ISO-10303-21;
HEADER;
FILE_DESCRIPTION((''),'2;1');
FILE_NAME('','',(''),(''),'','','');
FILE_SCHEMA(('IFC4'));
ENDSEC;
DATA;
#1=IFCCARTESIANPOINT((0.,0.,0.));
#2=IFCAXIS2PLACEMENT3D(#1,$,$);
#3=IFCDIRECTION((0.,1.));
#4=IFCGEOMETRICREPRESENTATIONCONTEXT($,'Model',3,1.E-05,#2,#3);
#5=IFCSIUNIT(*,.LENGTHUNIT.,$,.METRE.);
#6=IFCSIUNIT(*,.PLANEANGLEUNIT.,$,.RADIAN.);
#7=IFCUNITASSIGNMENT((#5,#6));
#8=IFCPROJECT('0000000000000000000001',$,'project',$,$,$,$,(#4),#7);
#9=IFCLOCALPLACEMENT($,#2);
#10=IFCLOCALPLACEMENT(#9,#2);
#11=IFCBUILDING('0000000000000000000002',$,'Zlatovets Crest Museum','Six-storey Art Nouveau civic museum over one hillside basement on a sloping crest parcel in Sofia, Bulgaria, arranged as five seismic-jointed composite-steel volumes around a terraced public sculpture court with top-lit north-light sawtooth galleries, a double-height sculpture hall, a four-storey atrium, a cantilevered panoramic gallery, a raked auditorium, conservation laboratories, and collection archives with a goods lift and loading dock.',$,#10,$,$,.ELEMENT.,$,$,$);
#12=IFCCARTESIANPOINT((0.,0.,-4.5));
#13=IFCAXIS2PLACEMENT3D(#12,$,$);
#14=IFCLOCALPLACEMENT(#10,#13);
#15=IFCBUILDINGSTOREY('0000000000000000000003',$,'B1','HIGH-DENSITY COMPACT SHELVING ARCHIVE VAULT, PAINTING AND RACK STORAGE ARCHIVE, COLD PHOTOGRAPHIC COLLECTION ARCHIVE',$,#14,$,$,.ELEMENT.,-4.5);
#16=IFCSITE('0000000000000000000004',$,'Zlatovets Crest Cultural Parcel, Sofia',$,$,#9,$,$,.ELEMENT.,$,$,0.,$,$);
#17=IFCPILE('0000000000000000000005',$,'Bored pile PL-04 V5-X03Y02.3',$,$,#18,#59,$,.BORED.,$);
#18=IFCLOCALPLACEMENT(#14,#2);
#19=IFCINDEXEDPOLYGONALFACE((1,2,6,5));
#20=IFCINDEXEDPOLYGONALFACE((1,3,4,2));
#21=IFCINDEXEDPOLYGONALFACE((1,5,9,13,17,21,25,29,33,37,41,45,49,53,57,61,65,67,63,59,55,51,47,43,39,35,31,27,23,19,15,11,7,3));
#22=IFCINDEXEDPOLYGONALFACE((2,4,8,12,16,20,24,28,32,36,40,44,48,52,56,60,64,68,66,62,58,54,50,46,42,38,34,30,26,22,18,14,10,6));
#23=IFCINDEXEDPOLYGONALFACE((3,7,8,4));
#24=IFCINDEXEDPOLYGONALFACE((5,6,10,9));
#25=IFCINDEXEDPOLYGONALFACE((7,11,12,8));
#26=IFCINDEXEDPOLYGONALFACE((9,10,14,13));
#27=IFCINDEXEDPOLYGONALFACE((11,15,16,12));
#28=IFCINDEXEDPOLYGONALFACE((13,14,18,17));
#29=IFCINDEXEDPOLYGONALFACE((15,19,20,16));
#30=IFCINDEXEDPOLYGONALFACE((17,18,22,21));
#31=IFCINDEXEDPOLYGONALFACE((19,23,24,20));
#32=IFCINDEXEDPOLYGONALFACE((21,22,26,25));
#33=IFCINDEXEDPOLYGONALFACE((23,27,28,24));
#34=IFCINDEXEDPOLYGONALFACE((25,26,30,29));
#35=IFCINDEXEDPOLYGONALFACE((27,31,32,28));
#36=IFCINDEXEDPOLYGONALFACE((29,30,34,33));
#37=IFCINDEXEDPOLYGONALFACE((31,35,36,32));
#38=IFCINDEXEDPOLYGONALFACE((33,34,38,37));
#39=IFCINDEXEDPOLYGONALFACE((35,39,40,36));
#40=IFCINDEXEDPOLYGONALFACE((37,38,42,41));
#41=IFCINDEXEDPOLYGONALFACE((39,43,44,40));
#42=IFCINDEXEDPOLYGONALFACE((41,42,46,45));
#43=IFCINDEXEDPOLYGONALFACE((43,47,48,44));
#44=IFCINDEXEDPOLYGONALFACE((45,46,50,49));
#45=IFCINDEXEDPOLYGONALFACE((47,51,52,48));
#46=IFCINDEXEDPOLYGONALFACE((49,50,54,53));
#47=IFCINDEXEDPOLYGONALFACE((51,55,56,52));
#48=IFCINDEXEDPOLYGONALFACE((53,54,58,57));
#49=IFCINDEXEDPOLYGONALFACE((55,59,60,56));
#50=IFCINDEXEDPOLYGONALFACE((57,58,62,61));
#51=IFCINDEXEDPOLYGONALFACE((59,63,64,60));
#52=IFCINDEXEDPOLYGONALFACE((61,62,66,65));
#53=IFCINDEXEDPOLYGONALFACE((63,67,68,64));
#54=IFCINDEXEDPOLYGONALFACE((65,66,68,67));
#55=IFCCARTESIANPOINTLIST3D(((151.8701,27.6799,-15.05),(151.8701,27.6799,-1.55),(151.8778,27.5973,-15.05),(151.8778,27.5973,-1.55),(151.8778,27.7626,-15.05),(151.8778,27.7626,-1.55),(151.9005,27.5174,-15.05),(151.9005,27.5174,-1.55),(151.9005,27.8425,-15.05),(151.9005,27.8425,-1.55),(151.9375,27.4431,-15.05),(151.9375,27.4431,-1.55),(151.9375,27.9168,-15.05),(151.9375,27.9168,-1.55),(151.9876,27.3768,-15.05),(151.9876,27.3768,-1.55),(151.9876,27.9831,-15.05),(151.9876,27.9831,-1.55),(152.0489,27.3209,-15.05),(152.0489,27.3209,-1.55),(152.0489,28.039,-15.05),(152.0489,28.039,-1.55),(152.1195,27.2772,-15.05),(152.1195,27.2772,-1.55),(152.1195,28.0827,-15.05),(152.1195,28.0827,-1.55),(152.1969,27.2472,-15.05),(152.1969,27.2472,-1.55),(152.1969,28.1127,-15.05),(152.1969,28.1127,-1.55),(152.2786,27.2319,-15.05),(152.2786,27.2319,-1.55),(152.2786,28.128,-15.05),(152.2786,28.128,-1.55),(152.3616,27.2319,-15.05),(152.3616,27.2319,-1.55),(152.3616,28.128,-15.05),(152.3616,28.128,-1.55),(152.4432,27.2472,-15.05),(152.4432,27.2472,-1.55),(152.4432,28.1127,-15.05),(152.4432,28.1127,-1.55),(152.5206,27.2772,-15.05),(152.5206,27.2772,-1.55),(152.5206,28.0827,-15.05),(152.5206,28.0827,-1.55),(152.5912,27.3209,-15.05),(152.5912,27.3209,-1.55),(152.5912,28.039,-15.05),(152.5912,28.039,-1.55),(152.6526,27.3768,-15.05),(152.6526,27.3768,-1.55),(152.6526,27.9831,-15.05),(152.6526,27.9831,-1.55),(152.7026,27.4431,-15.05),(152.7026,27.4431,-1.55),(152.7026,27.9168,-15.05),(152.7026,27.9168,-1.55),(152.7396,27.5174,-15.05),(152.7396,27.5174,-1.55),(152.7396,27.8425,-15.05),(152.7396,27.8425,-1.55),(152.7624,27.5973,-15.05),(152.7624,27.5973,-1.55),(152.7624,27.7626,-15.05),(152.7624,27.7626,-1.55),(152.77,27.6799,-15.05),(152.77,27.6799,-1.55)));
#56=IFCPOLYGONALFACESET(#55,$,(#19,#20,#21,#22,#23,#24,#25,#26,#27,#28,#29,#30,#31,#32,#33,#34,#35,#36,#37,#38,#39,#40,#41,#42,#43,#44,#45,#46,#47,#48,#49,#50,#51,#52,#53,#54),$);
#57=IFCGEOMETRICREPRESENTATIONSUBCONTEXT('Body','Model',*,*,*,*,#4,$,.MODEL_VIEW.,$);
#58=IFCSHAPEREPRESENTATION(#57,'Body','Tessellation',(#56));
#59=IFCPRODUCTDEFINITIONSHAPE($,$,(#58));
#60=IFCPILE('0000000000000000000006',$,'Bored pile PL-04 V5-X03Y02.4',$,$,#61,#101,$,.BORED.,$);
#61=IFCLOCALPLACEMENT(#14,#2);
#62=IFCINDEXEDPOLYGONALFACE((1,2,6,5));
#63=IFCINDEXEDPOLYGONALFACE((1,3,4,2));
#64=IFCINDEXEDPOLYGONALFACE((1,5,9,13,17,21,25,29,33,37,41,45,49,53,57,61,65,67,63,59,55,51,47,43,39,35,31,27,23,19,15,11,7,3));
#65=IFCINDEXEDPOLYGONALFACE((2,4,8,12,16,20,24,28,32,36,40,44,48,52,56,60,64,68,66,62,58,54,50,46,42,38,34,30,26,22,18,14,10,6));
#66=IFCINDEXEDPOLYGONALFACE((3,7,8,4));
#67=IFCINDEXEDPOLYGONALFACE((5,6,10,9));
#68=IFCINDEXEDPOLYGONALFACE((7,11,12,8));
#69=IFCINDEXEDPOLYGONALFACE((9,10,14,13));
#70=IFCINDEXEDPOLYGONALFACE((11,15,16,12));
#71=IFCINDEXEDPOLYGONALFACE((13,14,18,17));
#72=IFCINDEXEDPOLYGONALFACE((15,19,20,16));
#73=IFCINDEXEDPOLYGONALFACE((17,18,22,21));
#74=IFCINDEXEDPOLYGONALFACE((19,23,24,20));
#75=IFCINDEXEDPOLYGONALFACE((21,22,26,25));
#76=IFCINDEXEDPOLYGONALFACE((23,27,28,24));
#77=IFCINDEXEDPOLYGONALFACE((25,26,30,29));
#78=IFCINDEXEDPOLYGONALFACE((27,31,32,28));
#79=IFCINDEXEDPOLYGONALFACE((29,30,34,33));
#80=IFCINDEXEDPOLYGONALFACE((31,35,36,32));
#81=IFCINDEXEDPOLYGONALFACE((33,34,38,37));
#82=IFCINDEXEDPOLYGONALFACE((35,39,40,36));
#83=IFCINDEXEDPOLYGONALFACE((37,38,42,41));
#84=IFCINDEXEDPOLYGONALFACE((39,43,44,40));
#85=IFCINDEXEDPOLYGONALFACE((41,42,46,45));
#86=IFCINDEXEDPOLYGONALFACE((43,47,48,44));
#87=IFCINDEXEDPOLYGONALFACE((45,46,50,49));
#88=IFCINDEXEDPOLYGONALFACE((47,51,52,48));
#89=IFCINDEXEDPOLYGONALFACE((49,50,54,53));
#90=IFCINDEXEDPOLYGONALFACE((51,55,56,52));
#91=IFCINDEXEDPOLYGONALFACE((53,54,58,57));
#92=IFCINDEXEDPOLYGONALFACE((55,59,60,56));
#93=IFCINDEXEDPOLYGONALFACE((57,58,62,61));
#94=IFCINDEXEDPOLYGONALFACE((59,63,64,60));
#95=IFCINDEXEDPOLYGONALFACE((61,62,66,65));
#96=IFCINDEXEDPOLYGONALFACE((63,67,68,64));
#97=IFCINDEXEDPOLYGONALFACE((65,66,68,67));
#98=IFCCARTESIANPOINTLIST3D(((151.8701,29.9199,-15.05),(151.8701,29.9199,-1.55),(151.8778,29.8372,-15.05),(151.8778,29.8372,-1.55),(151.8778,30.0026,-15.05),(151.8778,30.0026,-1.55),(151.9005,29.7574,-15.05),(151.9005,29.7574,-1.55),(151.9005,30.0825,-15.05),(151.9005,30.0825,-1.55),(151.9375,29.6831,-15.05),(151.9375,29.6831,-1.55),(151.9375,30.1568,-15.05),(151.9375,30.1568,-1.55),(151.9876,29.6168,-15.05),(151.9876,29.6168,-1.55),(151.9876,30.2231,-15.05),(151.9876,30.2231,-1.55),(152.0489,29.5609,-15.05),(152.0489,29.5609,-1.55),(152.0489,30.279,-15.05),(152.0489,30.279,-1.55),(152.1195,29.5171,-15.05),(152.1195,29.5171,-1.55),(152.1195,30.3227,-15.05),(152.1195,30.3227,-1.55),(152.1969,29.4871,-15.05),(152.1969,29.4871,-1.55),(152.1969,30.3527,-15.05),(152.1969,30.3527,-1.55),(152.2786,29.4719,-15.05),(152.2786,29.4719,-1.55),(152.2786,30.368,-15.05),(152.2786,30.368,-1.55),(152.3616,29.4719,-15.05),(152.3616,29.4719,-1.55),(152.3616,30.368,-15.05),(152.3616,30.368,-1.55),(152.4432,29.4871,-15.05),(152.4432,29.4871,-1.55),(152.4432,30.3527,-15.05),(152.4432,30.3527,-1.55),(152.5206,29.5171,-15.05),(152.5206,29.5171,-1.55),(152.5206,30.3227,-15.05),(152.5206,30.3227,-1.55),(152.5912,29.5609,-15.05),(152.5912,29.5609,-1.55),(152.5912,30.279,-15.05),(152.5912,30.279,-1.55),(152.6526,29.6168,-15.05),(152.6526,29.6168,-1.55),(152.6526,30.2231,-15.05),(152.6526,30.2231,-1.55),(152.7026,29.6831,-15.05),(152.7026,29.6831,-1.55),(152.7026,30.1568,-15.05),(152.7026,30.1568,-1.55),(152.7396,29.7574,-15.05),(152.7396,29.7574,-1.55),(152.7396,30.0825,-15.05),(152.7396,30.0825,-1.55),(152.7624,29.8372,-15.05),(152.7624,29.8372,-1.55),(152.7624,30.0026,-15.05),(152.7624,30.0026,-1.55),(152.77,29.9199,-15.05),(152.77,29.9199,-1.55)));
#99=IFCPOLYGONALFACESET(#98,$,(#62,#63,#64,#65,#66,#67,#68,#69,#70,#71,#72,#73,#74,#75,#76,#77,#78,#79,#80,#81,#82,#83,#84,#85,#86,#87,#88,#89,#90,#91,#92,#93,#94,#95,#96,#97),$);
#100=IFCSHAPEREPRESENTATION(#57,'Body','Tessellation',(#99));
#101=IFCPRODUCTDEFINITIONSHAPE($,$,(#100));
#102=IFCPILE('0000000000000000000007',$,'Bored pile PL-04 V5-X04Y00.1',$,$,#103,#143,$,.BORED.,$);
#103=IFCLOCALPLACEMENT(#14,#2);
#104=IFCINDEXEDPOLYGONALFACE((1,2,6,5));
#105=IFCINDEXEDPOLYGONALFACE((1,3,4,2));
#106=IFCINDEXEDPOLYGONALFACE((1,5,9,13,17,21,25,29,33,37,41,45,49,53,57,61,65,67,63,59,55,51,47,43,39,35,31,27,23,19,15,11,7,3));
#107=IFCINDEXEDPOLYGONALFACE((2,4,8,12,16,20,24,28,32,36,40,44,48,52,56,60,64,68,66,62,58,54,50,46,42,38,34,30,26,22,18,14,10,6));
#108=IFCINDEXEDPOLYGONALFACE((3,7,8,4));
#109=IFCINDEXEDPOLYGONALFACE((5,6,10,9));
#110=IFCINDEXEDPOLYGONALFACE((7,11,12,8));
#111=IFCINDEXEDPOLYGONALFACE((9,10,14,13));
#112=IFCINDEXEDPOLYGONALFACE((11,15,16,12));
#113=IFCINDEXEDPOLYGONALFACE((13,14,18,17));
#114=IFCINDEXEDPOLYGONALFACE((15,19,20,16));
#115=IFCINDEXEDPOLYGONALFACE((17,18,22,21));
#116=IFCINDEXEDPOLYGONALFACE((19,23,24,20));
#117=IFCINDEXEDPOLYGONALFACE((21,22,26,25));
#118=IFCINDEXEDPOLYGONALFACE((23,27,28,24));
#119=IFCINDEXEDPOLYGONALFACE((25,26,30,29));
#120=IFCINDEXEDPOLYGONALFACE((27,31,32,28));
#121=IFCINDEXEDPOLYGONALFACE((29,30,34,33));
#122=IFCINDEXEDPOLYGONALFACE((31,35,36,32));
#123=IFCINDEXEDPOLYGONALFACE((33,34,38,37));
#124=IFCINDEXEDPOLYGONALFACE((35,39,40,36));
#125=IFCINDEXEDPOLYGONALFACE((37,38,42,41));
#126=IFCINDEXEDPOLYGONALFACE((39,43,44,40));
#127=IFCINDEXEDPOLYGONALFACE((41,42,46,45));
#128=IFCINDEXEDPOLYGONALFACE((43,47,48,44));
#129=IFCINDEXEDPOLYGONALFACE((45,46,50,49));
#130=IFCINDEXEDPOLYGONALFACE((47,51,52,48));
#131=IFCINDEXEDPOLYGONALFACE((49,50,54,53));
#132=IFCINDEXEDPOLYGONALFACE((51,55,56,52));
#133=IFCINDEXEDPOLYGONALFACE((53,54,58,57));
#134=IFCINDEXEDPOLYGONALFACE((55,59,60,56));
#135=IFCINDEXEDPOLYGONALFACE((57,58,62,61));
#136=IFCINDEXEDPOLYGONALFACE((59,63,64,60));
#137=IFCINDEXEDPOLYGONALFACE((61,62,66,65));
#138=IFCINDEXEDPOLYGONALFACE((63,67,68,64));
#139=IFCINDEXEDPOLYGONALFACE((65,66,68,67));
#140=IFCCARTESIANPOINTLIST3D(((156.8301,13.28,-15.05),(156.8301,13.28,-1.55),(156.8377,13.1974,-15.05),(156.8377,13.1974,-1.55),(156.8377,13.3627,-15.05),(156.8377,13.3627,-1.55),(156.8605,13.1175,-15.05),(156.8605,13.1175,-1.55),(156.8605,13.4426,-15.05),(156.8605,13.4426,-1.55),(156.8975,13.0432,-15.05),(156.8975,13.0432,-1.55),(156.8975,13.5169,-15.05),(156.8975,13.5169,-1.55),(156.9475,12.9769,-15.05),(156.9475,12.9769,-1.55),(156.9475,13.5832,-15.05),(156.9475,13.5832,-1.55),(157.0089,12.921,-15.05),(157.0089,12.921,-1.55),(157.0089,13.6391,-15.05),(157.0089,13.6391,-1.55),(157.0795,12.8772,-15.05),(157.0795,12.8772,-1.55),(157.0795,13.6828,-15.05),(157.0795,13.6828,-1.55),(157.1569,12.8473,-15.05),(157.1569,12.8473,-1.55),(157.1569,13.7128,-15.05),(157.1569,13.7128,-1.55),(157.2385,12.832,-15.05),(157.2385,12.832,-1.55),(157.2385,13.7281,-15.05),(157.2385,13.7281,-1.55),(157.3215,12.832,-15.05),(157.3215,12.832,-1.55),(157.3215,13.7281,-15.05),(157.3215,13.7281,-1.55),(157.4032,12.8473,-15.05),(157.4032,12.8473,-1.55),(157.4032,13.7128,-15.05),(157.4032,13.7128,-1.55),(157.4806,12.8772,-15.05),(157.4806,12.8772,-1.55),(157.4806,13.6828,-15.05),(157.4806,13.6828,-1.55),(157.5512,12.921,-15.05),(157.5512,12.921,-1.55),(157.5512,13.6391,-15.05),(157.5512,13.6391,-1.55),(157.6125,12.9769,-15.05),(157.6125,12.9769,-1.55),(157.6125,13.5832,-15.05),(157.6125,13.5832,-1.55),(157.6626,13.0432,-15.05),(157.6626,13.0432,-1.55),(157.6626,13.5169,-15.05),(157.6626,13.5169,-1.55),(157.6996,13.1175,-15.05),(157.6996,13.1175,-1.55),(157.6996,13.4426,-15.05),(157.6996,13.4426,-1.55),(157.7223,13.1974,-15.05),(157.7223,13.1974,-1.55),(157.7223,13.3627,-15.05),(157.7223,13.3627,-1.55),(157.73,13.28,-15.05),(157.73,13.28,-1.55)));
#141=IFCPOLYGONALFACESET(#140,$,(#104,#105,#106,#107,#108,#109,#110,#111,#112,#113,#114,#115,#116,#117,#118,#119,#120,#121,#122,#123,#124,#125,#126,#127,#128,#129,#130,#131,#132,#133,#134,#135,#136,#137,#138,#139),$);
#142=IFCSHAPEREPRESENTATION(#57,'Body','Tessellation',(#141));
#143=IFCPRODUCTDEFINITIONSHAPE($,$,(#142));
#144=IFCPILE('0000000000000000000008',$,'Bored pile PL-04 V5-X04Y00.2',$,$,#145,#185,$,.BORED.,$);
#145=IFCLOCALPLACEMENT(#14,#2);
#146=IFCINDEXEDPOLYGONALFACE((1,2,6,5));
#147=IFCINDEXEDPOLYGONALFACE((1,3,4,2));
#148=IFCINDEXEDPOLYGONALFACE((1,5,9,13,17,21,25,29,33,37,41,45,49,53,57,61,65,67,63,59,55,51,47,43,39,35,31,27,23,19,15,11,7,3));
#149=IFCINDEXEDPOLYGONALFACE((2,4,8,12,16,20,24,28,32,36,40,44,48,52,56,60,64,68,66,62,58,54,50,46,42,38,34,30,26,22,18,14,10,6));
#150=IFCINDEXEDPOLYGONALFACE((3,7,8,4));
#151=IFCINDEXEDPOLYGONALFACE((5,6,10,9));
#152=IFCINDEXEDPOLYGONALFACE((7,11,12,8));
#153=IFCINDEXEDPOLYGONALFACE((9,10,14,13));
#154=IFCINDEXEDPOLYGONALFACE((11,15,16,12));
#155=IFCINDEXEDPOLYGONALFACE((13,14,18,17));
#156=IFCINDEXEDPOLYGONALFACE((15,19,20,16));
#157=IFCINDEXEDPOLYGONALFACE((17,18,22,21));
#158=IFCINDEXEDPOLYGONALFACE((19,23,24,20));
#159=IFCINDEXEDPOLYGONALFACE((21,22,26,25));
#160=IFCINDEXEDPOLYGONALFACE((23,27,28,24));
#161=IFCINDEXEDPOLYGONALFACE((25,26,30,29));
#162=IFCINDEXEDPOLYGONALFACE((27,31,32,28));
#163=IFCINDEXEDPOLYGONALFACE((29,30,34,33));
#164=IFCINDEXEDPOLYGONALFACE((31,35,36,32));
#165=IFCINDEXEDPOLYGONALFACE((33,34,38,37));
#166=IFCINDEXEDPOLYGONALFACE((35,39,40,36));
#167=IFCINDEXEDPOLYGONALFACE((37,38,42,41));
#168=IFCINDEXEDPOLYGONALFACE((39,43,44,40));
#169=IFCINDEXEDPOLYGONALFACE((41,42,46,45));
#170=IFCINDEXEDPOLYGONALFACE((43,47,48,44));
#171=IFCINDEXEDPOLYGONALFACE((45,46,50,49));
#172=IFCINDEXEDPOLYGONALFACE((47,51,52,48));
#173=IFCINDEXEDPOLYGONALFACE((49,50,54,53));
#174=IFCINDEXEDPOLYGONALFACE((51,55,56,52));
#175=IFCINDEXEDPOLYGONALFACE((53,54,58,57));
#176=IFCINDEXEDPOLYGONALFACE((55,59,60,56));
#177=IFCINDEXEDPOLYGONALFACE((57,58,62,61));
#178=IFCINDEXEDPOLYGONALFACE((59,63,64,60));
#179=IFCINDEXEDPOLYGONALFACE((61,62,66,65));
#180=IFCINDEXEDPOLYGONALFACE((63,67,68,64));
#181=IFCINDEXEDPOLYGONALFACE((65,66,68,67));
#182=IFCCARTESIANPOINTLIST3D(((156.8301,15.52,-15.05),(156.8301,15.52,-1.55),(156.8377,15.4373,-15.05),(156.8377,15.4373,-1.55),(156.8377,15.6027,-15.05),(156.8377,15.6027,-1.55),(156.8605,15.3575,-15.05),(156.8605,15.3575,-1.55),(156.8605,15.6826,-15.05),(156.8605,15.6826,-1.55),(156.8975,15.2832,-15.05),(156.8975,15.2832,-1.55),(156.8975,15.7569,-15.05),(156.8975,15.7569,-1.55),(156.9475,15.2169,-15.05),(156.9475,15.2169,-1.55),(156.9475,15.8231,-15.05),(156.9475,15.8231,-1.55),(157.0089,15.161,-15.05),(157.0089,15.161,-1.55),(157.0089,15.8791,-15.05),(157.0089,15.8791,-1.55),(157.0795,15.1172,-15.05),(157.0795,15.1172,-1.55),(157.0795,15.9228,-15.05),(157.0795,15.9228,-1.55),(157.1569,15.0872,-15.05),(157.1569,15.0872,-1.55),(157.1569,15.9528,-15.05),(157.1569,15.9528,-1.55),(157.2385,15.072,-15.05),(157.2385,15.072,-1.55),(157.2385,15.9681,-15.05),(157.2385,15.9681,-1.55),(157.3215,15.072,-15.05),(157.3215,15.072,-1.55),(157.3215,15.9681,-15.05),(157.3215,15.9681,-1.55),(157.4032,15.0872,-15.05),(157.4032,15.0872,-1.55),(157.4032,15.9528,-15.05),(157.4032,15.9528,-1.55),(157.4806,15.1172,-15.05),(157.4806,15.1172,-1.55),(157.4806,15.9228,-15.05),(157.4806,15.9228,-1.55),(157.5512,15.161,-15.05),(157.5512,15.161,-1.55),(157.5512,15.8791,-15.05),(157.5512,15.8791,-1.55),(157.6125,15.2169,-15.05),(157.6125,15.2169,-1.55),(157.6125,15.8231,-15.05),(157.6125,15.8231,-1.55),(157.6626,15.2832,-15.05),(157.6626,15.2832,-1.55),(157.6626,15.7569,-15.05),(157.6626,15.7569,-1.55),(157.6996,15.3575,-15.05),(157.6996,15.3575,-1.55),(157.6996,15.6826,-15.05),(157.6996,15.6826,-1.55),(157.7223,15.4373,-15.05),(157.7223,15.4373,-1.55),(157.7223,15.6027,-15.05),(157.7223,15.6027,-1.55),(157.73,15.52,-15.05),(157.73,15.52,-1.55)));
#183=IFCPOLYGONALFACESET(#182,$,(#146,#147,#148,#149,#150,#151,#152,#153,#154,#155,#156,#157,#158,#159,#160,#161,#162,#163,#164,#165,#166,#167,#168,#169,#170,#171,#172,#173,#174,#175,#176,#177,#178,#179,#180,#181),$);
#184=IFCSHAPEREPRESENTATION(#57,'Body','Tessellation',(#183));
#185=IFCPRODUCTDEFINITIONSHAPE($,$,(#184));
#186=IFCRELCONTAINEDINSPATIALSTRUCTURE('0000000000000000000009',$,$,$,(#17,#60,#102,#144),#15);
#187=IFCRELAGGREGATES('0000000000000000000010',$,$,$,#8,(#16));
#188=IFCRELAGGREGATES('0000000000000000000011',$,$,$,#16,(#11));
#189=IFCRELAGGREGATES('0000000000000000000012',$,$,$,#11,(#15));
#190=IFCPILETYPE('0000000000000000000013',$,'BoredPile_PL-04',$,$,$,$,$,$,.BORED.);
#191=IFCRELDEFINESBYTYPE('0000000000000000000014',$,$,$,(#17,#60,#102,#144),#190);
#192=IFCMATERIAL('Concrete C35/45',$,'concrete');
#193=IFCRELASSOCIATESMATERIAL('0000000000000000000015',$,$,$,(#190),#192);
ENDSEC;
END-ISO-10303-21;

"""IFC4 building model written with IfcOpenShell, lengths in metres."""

from ifc_helpers import new_model, si_unit, direction, frame, origin, origin_2d, place, context, subcontext, project, spatial, circle, extrude, material, material_profile, profile_set, type_object, element, save


model = new_model("IFC4")

# Units and contexts
model_context = context("Model", 3, precision=1e-05, world=origin(), true_north=direction((0.0, 1.0)))
body_context = subcontext(model_context, "Body", "Model", "MODEL_VIEW")
ifc_project = project(units=[si_unit("LENGTHUNIT", "METRE"), si_unit("PLANEANGLEUNIT", "RADIAN")], contexts=[model_context])

# Site, building, storey
site_placement = place(None, origin())
site = spatial("IfcSite", under=ifc_project, at=site_placement, Name="Zlatovets Crest Cultural Parcel, Sofia", CompositionType="ELEMENT", RefElevation=0.0)
building_placement = place(site_placement, origin())
building = spatial("IfcBuilding", under=site, at=building_placement, Name="Zlatovets Crest Museum", Description="Six-storey Art Nouveau civic museum over one hillside basement on a sloping crest parcel in Sofia, Bulgaria, arranged as five seismic-jointed composite-steel volumes around a terraced public sculpture court with top-lit north-light sawtooth galleries, a double-height sculpture hall, a four-storey atrium, a cantilevered panoramic gallery, a raked auditorium, conservation laboratories, and collection archives with a goods lift and loading dock.", CompositionType="ELEMENT")
storey_placement = place(building_placement, frame((0.0, 0.0, -4.5)))
storey = spatial("IfcBuildingStorey", under=building, at=storey_placement, Name="B1", Description="HIGH-DENSITY COMPACT SHELVING ARCHIVE VAULT, PAINTING AND RACK STORAGE ARCHIVE, COLD PHOTOGRAPHIC COLLECTION ARCHIVE", CompositionType="ELEMENT", Elevation=-4.5)

# Piles
ifc_material = material(Name="Concrete C35/45", Category="concrete")
ifc_material_profile_1 = material_profile(ifc_material, circle(Radius=0.45, at=origin_2d()), Name="PILE D900")
ifc_profile_set_1 = profile_set([ifc_material_profile_1], Name="Concrete C35/45")
pile_type = type_object("IfcPileType", Name="BoredPile_PL-04", PredefinedType="BORED", material=ifc_profile_set_1)
for number, where, z_axis, x_axis, name in (
    (1, (152.3201, 27.6799, -1.55), (0.0, 0.0, -1.0), (1.0, 0.0, 0.0), "Bored pile PL-04 V5-X03Y02.3"),
    (2, (152.3201, 29.9199, -1.55), (0.0, 0.0, -1.0), (1.0, 0.0, 0.0), "Bored pile PL-04 V5-X03Y02.4"),
    (3, (157.28, 13.28, -1.55), (0.0, 0.0, -1.0), (1.0, 0.0, 0.0), "Bored pile PL-04 V5-X04Y00.1"),
    (4, (157.28, 15.52, -1.55), (0.0, 0.0, -1.0), (1.0, 0.0, 0.0), "Bored pile PL-04 V5-X04Y00.2"),
):
    element("IfcPile", number, at=place(storey_placement, frame(where, z_axis=z_axis, x_axis=x_axis)), inside=storey, type_object=pile_type, Name=name, PredefinedType="BORED", context=body_context, shape_type="SweptSolid", body=[
        extrude(circle(Radius=0.45, at=origin_2d()), origin(), (0.0, 0.0, 1.0), 13.5),
    ])

save(model, "model.ifc")
